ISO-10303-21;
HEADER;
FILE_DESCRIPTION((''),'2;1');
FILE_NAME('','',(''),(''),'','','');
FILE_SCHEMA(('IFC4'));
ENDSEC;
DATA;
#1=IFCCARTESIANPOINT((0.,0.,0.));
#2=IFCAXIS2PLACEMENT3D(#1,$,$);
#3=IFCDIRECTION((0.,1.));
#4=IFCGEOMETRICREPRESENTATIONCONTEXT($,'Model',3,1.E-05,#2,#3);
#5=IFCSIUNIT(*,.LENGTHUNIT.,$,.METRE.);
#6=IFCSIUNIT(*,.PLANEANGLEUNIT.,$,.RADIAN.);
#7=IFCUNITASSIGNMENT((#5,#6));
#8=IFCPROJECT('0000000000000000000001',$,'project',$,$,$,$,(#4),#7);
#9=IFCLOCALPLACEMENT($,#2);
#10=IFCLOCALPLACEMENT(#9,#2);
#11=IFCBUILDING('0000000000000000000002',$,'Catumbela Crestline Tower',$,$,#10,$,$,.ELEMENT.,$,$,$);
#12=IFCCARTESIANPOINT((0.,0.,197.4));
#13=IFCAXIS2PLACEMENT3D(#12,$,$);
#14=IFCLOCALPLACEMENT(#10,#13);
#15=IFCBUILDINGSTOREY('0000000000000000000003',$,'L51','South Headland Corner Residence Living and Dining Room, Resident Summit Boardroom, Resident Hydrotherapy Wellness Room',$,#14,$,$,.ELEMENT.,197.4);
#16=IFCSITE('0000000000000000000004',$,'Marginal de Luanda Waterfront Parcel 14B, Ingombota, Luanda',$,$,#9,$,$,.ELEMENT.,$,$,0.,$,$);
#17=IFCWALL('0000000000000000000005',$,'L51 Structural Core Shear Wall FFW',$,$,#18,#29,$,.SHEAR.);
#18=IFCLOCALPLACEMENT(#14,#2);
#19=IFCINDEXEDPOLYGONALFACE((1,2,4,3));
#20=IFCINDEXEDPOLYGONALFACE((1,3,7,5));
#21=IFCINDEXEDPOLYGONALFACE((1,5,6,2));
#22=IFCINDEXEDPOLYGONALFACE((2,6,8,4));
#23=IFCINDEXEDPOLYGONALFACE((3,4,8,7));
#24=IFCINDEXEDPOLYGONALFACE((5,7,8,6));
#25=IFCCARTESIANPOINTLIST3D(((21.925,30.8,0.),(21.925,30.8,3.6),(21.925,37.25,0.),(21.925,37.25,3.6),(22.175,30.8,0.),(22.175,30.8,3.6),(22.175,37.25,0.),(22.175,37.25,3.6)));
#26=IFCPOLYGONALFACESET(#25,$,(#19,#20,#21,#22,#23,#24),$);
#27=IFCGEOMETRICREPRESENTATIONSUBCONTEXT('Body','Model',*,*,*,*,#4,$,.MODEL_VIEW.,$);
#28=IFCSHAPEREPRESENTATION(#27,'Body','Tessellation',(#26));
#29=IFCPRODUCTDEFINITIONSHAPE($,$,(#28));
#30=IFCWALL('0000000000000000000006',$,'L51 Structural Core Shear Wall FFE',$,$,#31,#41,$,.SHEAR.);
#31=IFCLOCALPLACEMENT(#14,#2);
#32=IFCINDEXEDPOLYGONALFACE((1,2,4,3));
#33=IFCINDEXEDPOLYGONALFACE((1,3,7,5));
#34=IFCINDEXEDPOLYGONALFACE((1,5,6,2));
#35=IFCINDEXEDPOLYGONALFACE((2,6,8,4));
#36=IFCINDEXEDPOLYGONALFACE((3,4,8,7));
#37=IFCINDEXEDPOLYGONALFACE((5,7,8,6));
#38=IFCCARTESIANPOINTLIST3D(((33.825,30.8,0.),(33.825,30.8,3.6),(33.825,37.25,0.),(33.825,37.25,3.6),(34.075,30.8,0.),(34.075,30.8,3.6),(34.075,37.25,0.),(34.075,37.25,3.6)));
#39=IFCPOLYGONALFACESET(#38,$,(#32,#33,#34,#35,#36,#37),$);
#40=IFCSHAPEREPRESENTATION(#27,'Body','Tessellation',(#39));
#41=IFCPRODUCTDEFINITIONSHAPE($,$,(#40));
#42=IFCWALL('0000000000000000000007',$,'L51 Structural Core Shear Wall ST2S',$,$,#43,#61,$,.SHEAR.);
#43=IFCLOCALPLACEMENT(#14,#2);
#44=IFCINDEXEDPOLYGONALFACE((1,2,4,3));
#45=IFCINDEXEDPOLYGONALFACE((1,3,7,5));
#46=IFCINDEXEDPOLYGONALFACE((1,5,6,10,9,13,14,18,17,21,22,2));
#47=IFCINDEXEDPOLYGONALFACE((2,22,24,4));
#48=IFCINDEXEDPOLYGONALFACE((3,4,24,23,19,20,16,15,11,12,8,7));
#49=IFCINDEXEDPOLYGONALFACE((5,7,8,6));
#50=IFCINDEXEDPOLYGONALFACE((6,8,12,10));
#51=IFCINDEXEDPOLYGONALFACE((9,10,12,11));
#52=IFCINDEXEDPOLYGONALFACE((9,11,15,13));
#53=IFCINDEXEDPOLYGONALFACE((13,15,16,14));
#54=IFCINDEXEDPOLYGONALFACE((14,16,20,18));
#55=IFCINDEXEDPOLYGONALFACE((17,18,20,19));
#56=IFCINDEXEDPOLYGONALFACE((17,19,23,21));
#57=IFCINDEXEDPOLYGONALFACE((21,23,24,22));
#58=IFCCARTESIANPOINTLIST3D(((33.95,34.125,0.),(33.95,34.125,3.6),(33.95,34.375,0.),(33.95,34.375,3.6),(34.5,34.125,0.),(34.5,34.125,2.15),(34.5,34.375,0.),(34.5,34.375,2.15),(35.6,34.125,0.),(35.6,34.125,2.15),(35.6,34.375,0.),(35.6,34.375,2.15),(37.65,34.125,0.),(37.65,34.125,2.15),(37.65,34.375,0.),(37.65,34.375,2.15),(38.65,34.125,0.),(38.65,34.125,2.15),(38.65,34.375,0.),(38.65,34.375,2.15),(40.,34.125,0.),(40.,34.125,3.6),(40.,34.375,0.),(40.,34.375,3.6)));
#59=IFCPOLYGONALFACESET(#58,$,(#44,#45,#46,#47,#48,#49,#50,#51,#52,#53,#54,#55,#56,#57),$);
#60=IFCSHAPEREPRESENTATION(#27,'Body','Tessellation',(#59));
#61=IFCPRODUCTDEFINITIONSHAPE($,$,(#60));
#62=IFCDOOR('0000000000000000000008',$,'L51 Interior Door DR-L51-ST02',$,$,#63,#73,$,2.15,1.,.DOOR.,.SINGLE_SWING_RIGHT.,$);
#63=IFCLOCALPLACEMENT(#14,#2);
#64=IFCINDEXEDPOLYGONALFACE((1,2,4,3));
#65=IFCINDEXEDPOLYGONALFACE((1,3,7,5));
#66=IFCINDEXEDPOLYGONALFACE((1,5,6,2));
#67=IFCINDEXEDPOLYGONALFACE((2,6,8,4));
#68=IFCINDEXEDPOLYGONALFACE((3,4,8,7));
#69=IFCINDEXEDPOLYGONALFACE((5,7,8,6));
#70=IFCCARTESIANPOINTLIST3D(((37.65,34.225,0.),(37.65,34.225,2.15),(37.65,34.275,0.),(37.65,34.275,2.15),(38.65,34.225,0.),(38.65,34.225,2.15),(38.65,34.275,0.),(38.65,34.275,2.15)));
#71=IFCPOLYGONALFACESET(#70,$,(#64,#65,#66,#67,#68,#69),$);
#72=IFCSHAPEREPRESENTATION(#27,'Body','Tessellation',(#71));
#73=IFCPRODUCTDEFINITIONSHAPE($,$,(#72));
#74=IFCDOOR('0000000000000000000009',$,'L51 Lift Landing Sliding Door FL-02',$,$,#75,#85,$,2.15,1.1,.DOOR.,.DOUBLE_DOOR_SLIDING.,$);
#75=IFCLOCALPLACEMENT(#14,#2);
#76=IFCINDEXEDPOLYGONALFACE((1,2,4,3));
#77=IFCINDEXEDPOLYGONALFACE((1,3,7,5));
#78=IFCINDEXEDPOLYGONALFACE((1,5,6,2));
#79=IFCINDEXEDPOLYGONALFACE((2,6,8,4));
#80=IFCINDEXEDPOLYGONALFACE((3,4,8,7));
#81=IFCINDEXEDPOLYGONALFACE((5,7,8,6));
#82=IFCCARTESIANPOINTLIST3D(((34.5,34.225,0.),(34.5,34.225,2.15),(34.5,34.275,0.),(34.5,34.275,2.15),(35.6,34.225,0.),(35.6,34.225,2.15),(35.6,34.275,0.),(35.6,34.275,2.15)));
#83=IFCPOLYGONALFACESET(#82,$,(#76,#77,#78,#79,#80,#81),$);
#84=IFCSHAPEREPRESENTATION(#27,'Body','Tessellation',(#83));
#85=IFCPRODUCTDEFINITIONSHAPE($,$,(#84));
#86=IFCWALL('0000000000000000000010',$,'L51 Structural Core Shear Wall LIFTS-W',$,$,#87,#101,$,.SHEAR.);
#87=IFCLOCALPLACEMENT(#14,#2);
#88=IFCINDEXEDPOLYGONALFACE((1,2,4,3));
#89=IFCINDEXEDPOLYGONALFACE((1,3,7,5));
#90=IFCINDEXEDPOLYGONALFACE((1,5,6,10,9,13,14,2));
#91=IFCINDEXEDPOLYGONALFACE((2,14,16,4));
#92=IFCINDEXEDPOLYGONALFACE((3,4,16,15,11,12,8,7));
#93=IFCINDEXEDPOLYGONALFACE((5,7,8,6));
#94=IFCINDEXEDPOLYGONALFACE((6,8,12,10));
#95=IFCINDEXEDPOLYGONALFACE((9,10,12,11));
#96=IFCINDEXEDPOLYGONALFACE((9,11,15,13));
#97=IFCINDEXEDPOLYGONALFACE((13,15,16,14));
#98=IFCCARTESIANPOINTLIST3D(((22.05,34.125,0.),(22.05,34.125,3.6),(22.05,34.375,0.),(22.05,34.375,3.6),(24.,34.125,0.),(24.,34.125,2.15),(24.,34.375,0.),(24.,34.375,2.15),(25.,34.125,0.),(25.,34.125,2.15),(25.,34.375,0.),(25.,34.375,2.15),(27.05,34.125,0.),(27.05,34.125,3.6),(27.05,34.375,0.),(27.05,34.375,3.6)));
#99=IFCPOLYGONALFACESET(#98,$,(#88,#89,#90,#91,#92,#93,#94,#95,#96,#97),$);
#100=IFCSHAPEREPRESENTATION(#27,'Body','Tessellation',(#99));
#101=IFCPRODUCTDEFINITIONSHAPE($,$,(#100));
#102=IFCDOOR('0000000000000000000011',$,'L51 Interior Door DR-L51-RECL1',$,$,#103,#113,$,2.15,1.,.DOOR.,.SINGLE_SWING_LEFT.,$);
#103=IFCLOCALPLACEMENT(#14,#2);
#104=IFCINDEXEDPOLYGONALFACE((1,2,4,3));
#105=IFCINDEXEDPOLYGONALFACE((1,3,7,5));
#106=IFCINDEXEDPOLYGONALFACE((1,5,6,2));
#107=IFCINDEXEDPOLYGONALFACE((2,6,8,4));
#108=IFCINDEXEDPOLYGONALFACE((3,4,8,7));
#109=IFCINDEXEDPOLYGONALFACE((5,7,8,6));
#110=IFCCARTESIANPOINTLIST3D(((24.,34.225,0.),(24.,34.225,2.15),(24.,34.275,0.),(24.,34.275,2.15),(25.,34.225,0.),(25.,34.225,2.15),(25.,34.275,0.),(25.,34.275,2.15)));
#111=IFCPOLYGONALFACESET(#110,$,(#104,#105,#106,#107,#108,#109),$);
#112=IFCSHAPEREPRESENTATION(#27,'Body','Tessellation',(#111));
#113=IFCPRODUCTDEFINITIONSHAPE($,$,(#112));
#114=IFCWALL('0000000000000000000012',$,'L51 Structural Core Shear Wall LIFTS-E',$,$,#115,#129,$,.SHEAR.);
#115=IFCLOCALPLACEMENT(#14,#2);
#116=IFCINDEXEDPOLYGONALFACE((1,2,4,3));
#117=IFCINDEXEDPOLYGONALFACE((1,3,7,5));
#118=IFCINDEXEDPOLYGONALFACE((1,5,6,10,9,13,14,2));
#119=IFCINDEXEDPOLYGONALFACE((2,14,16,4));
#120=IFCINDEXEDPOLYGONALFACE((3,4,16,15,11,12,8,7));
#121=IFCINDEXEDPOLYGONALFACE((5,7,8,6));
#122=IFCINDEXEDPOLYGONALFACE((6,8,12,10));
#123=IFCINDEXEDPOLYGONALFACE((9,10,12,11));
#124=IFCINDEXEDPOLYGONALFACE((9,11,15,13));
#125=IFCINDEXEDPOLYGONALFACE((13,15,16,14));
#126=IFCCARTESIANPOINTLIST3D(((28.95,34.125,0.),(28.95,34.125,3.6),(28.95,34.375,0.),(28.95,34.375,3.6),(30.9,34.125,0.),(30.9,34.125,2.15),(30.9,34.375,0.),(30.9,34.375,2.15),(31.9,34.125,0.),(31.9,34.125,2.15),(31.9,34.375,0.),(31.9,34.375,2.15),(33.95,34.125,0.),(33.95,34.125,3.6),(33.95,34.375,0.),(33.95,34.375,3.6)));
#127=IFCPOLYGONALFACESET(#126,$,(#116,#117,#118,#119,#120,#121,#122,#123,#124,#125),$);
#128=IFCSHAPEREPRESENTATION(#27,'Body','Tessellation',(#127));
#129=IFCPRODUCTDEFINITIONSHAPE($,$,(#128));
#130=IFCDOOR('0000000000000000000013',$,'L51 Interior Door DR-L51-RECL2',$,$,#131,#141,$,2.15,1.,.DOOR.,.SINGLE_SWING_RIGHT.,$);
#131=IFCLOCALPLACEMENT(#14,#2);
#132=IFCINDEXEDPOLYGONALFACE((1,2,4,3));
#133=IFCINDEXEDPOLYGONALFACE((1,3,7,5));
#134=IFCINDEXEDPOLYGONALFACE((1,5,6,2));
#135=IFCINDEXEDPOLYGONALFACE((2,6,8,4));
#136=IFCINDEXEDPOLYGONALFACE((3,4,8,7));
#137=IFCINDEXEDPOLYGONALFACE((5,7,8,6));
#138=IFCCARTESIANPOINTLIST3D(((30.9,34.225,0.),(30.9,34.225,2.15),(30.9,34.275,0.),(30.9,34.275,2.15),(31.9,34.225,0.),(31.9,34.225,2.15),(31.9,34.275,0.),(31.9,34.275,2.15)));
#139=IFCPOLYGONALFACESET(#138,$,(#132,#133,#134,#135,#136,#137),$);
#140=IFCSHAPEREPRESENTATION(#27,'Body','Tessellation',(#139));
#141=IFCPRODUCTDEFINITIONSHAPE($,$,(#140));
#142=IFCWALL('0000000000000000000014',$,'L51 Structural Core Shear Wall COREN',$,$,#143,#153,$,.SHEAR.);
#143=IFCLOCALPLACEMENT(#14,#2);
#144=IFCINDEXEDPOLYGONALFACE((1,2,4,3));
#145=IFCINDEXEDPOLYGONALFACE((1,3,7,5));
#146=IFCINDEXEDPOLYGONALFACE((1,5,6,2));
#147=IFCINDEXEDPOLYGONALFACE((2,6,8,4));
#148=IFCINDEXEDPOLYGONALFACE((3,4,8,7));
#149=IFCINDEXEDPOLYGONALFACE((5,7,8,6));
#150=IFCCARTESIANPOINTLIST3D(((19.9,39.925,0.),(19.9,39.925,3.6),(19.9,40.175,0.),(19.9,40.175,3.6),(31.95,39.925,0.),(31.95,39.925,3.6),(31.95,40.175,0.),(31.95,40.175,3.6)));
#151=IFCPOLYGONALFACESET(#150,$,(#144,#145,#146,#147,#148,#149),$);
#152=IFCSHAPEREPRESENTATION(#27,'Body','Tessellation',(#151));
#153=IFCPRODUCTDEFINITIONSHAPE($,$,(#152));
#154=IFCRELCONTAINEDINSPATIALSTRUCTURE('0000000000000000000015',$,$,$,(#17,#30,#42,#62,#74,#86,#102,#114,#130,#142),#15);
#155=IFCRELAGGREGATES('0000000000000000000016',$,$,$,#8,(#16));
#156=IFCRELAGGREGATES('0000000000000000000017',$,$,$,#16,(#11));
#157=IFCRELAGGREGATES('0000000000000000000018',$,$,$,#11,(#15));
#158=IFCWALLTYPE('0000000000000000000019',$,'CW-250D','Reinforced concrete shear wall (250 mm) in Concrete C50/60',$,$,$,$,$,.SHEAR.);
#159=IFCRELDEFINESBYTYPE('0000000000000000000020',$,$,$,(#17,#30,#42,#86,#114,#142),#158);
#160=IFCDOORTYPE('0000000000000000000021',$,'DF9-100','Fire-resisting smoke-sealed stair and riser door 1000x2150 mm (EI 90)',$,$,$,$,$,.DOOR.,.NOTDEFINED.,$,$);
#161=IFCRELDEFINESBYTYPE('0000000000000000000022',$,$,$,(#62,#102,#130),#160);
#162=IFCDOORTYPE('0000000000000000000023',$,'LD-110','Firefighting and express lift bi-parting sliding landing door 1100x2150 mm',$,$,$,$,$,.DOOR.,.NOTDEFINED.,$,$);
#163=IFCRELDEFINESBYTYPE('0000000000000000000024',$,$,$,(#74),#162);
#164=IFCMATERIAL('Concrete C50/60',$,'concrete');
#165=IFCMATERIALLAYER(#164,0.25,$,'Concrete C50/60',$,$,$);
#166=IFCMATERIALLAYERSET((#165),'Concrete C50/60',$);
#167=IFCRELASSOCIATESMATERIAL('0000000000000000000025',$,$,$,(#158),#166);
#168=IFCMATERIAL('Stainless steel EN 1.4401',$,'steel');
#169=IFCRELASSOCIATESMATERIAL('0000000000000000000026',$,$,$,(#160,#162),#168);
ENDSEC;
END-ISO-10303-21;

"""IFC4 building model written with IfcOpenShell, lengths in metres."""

from ifc_helpers import new_model, si_unit, direction, frame, frame_2d, origin, place, context, subcontext, project, spatial, rectangle, extrude, material, layer, layer_set, type_object, element, fill, save


model = new_model("IFC4")

# Units and contexts
model_context = context("Model", 3, precision=1e-05, world=origin(), true_north=direction((0.0, 1.0)))
body_context = subcontext(model_context, "Body", "Model", "MODEL_VIEW")
ifc_project = project(units=[si_unit("LENGTHUNIT", "METRE"), si_unit("PLANEANGLEUNIT", "RADIAN")], contexts=[model_context])

# Site, building, storey
site_placement = place(None, origin())
site = spatial("IfcSite", under=ifc_project, at=site_placement, Name="Marginal de Luanda Waterfront Parcel 14B, Ingombota, Luanda", CompositionType="ELEMENT", RefElevation=0.0)
building_placement = place(site_placement, origin())
building = spatial("IfcBuilding", under=site, at=building_placement, Name="Catumbela Crestline Tower", CompositionType="ELEMENT")
storey_placement = place(building_placement, frame((0.0, 0.0, 197.4)))
storey = spatial("IfcBuildingStorey", under=building, at=storey_placement, Name="L51", Description="South Headland Corner Residence Living and Dining Room, Resident Summit Boardroom, Resident Hydrotherapy Wellness Room", CompositionType="ELEMENT", Elevation=197.4)

# Walls
ifc_material_1 = material(Name="Concrete C50/60", Category="concrete")
ifc_layer_1 = layer(ifc_material_1, 0.25, Name="Concrete C50/60")
ifc_layer_set_1 = layer_set([ifc_layer_1], Name="Concrete C50/60")
wall_type_1 = type_object("IfcWallType", Name="CW-250D", Description="Reinforced concrete shear wall (250 mm) in Concrete C50/60", PredefinedType="SHEAR", material=ifc_layer_set_1)
for number, where, z_axis, x_axis, name in (
    (1, (22.05, 30.8, 0.0), (0.0, 0.0, 1.0), (0.0, 1.0, 0.0), "L51 Structural Core Shear Wall FFW"),
    (2, (33.95, 30.8, 0.0), (0.0, 0.0, 1.0), (0.0, 1.0, 0.0), "L51 Structural Core Shear Wall FFE"),
):
    element("IfcWall", number, at=place(storey_placement, frame(where, z_axis=z_axis, x_axis=x_axis)), inside=storey, type_object=wall_type_1, Name=name, PredefinedType="SHEAR", context=body_context, shape_type="SweptSolid", body=[
        extrude(rectangle(XDim=6.45, YDim=0.25, at=frame_2d((3.225, 0.0))), origin(), (0.0, 0.0, 1.0), 3.6),
    ])

# Wall, openings, doors
wall_1_placement = place(storey_placement, frame((33.95, 34.25, 0.0), z_axis=(0.0, 0.0, 1.0), x_axis=(1.0, 0.0, 0.0)))
wall_1 = element("IfcWall", 3, at=wall_1_placement, inside=storey, type_object=wall_type_1, Name="L51 Structural Core Shear Wall ST2S", PredefinedType="SHEAR", context=body_context, shape_type="SweptSolid", body=[
    extrude(rectangle(XDim=6.05, YDim=0.25, at=frame_2d((3.025, 0.0))), origin(), (0.0, 0.0, 1.0), 3.6),
])
opening_1_placement = place(wall_1_placement, frame((3.7, 0.0, 0.0)))
opening_1 = element("IfcOpeningElement", 4, at=opening_1_placement, cuts=wall_1, PredefinedType="OPENING", context=body_context, shape_type="SweptSolid", body=[
    extrude(rectangle(XDim=1.0, YDim=2.15, at=frame_2d((0.5, 1.075))), frame((0.0, 0.135, 0.0), z_axis=(0.0, -1.0, 0.0), x_axis=(1.0, 0.0, 0.0)), (0.0, 0.0, 1.0), 0.27),
])
opening_2_placement = place(wall_1_placement, frame((0.55, 0.0, 0.0)))
opening_2 = element("IfcOpeningElement", 5, at=opening_2_placement, cuts=wall_1, PredefinedType="OPENING", context=body_context, shape_type="SweptSolid", body=[
    extrude(rectangle(XDim=1.1, YDim=2.15, at=frame_2d((0.55, 1.075))), frame((0.0, 0.135, 0.0), z_axis=(0.0, -1.0, 0.0), x_axis=(1.0, 0.0, 0.0)), (0.0, 0.0, 1.0), 0.27),
])
ifc_material_2 = material(Name="Stainless steel EN 1.4401", Category="steel")
door_type_1 = type_object("IfcDoorType", Name="DF9-100", Description="Fire-resisting smoke-sealed stair and riser door 1000x2150 mm (EI 90)", OperationType="NOTDEFINED", PredefinedType="DOOR", material=ifc_material_2)
door_1_placement = place(opening_1_placement, origin())
door_1 = element("IfcDoor", 6, at=door_1_placement, inside=storey, type_object=door_type_1, Name="L51 Interior Door DR-L51-ST02", OperationType="SINGLE_SWING_RIGHT", OverallHeight=2.15, OverallWidth=1.0, PredefinedType="DOOR", context=body_context, shape_type="SweptSolid", body=[
    extrude(rectangle(XDim=1.0, YDim=2.15, at=frame_2d((0.5, 1.075))), frame((0.0, 0.025, 0.0), z_axis=(0.0, -1.0, 0.0), x_axis=(1.0, 0.0, 0.0)), (0.0, 0.0, 1.0), 0.05),
])
fill(opening_1, door_1)
door_type_2 = type_object("IfcDoorType", Name="LD-110", Description="Firefighting and express lift bi-parting sliding landing door 1100x2150 mm", OperationType="NOTDEFINED", PredefinedType="DOOR", material=ifc_material_2)
door_2_placement = place(opening_2_placement, origin())
door_2 = element("IfcDoor", 7, at=door_2_placement, inside=storey, type_object=door_type_2, Name="L51 Lift Landing Sliding Door FL-02", OperationType="DOUBLE_DOOR_SLIDING", OverallHeight=2.15, OverallWidth=1.1, PredefinedType="DOOR", context=body_context, shape_type="SweptSolid", body=[
    extrude(rectangle(XDim=1.1, YDim=2.15, at=frame_2d((0.55, 1.075))), frame((0.0, 0.025, 0.0), z_axis=(0.0, -1.0, 0.0), x_axis=(1.0, 0.0, 0.0)), (0.0, 0.0, 1.0), 0.05),
])
fill(opening_2, door_2)

# Walls, openings, doors
wall_2_placement = place(storey_placement, frame((22.05, 34.25, 0.0), z_axis=(0.0, 0.0, 1.0), x_axis=(1.0, 0.0, 0.0)))
wall_2 = element("IfcWall", 8, at=wall_2_placement, inside=storey, type_object=wall_type_1, Name="L51 Structural Core Shear Wall LIFTS-W", PredefinedType="SHEAR", context=body_context, shape_type="SweptSolid", body=[
    extrude(rectangle(XDim=5.0, YDim=0.25, at=frame_2d((2.5, 0.0))), origin(), (0.0, 0.0, 1.0), 3.6),
])
opening_3_placement = place(wall_2_placement, frame((1.95, 0.0, 0.0)))
opening_3 = element("IfcOpeningElement", 9, at=opening_3_placement, cuts=wall_2, PredefinedType="OPENING", context=body_context, shape_type="SweptSolid", body=[
    extrude(rectangle(XDim=1.0, YDim=2.15, at=frame_2d((0.5, 1.075))), frame((0.0, 0.135, 0.0), z_axis=(0.0, -1.0, 0.0), x_axis=(1.0, 0.0, 0.0)), (0.0, 0.0, 1.0), 0.27),
])
door_3_placement = place(opening_3_placement, origin())
door_3 = element("IfcDoor", 10, at=door_3_placement, inside=storey, type_object=door_type_1, Name="L51 Interior Door DR-L51-RECL1", OperationType="SINGLE_SWING_LEFT", OverallHeight=2.15, OverallWidth=1.0, PredefinedType="DOOR", context=body_context, shape_type="SweptSolid", body=[
    extrude(rectangle(XDim=1.0, YDim=2.15, at=frame_2d((0.5, 1.075))), frame((0.0, 0.025, 0.0), z_axis=(0.0, -1.0, 0.0), x_axis=(1.0, 0.0, 0.0)), (0.0, 0.0, 1.0), 0.05),
])
fill(opening_3, door_3)
wall_3_placement = place(storey_placement, frame((28.95, 34.25, 0.0), z_axis=(0.0, 0.0, 1.0), x_axis=(1.0, 0.0, 0.0)))
wall_3 = element("IfcWall", 11, at=wall_3_placement, inside=storey, type_object=wall_type_1, Name="L51 Structural Core Shear Wall LIFTS-E", PredefinedType="SHEAR", context=body_context, shape_type="SweptSolid", body=[
    extrude(rectangle(XDim=5.0, YDim=0.25, at=frame_2d((2.5, 0.0))), origin(), (0.0, 0.0, 1.0), 3.6),
])
opening_4_placement = place(wall_3_placement, frame((1.95, 0.0, 0.0)))
opening_4 = element("IfcOpeningElement", 12, at=opening_4_placement, cuts=wall_3, PredefinedType="OPENING", context=body_context, shape_type="SweptSolid", body=[
    extrude(rectangle(XDim=1.0, YDim=2.15, at=frame_2d((0.5, 1.075))), frame((0.0, 0.135, 0.0), z_axis=(0.0, -1.0, 0.0), x_axis=(1.0, 0.0, 0.0)), (0.0, 0.0, 1.0), 0.27),
])
door_4_placement = place(opening_4_placement, origin())
door_4 = element("IfcDoor", 13, at=door_4_placement, inside=storey, type_object=door_type_1, Name="L51 Interior Door DR-L51-RECL2", OperationType="SINGLE_SWING_RIGHT", OverallHeight=2.15, OverallWidth=1.0, PredefinedType="DOOR", context=body_context, shape_type="SweptSolid", body=[
    extrude(rectangle(XDim=1.0, YDim=2.15, at=frame_2d((0.5, 1.075))), frame((0.0, 0.025, 0.0), z_axis=(0.0, -1.0, 0.0), x_axis=(1.0, 0.0, 0.0)), (0.0, 0.0, 1.0), 0.05),
])
fill(opening_4, door_4)

# Wall
wall_4_placement = place(storey_placement, frame((19.9, 40.05, 0.0), z_axis=(0.0, 0.0, 1.0), x_axis=(1.0, 0.0, 0.0)))
element("IfcWall", 14, at=wall_4_placement, inside=storey, type_object=wall_type_1, Name="L51 Structural Core Shear Wall COREN", PredefinedType="SHEAR", context=body_context, shape_type="SweptSolid", body=[
    extrude(rectangle(XDim=12.05, YDim=0.25, at=frame_2d((6.025, 0.0))), origin(), (0.0, 0.0, 1.0), 3.6),
])

save(model, "model.ifc")
